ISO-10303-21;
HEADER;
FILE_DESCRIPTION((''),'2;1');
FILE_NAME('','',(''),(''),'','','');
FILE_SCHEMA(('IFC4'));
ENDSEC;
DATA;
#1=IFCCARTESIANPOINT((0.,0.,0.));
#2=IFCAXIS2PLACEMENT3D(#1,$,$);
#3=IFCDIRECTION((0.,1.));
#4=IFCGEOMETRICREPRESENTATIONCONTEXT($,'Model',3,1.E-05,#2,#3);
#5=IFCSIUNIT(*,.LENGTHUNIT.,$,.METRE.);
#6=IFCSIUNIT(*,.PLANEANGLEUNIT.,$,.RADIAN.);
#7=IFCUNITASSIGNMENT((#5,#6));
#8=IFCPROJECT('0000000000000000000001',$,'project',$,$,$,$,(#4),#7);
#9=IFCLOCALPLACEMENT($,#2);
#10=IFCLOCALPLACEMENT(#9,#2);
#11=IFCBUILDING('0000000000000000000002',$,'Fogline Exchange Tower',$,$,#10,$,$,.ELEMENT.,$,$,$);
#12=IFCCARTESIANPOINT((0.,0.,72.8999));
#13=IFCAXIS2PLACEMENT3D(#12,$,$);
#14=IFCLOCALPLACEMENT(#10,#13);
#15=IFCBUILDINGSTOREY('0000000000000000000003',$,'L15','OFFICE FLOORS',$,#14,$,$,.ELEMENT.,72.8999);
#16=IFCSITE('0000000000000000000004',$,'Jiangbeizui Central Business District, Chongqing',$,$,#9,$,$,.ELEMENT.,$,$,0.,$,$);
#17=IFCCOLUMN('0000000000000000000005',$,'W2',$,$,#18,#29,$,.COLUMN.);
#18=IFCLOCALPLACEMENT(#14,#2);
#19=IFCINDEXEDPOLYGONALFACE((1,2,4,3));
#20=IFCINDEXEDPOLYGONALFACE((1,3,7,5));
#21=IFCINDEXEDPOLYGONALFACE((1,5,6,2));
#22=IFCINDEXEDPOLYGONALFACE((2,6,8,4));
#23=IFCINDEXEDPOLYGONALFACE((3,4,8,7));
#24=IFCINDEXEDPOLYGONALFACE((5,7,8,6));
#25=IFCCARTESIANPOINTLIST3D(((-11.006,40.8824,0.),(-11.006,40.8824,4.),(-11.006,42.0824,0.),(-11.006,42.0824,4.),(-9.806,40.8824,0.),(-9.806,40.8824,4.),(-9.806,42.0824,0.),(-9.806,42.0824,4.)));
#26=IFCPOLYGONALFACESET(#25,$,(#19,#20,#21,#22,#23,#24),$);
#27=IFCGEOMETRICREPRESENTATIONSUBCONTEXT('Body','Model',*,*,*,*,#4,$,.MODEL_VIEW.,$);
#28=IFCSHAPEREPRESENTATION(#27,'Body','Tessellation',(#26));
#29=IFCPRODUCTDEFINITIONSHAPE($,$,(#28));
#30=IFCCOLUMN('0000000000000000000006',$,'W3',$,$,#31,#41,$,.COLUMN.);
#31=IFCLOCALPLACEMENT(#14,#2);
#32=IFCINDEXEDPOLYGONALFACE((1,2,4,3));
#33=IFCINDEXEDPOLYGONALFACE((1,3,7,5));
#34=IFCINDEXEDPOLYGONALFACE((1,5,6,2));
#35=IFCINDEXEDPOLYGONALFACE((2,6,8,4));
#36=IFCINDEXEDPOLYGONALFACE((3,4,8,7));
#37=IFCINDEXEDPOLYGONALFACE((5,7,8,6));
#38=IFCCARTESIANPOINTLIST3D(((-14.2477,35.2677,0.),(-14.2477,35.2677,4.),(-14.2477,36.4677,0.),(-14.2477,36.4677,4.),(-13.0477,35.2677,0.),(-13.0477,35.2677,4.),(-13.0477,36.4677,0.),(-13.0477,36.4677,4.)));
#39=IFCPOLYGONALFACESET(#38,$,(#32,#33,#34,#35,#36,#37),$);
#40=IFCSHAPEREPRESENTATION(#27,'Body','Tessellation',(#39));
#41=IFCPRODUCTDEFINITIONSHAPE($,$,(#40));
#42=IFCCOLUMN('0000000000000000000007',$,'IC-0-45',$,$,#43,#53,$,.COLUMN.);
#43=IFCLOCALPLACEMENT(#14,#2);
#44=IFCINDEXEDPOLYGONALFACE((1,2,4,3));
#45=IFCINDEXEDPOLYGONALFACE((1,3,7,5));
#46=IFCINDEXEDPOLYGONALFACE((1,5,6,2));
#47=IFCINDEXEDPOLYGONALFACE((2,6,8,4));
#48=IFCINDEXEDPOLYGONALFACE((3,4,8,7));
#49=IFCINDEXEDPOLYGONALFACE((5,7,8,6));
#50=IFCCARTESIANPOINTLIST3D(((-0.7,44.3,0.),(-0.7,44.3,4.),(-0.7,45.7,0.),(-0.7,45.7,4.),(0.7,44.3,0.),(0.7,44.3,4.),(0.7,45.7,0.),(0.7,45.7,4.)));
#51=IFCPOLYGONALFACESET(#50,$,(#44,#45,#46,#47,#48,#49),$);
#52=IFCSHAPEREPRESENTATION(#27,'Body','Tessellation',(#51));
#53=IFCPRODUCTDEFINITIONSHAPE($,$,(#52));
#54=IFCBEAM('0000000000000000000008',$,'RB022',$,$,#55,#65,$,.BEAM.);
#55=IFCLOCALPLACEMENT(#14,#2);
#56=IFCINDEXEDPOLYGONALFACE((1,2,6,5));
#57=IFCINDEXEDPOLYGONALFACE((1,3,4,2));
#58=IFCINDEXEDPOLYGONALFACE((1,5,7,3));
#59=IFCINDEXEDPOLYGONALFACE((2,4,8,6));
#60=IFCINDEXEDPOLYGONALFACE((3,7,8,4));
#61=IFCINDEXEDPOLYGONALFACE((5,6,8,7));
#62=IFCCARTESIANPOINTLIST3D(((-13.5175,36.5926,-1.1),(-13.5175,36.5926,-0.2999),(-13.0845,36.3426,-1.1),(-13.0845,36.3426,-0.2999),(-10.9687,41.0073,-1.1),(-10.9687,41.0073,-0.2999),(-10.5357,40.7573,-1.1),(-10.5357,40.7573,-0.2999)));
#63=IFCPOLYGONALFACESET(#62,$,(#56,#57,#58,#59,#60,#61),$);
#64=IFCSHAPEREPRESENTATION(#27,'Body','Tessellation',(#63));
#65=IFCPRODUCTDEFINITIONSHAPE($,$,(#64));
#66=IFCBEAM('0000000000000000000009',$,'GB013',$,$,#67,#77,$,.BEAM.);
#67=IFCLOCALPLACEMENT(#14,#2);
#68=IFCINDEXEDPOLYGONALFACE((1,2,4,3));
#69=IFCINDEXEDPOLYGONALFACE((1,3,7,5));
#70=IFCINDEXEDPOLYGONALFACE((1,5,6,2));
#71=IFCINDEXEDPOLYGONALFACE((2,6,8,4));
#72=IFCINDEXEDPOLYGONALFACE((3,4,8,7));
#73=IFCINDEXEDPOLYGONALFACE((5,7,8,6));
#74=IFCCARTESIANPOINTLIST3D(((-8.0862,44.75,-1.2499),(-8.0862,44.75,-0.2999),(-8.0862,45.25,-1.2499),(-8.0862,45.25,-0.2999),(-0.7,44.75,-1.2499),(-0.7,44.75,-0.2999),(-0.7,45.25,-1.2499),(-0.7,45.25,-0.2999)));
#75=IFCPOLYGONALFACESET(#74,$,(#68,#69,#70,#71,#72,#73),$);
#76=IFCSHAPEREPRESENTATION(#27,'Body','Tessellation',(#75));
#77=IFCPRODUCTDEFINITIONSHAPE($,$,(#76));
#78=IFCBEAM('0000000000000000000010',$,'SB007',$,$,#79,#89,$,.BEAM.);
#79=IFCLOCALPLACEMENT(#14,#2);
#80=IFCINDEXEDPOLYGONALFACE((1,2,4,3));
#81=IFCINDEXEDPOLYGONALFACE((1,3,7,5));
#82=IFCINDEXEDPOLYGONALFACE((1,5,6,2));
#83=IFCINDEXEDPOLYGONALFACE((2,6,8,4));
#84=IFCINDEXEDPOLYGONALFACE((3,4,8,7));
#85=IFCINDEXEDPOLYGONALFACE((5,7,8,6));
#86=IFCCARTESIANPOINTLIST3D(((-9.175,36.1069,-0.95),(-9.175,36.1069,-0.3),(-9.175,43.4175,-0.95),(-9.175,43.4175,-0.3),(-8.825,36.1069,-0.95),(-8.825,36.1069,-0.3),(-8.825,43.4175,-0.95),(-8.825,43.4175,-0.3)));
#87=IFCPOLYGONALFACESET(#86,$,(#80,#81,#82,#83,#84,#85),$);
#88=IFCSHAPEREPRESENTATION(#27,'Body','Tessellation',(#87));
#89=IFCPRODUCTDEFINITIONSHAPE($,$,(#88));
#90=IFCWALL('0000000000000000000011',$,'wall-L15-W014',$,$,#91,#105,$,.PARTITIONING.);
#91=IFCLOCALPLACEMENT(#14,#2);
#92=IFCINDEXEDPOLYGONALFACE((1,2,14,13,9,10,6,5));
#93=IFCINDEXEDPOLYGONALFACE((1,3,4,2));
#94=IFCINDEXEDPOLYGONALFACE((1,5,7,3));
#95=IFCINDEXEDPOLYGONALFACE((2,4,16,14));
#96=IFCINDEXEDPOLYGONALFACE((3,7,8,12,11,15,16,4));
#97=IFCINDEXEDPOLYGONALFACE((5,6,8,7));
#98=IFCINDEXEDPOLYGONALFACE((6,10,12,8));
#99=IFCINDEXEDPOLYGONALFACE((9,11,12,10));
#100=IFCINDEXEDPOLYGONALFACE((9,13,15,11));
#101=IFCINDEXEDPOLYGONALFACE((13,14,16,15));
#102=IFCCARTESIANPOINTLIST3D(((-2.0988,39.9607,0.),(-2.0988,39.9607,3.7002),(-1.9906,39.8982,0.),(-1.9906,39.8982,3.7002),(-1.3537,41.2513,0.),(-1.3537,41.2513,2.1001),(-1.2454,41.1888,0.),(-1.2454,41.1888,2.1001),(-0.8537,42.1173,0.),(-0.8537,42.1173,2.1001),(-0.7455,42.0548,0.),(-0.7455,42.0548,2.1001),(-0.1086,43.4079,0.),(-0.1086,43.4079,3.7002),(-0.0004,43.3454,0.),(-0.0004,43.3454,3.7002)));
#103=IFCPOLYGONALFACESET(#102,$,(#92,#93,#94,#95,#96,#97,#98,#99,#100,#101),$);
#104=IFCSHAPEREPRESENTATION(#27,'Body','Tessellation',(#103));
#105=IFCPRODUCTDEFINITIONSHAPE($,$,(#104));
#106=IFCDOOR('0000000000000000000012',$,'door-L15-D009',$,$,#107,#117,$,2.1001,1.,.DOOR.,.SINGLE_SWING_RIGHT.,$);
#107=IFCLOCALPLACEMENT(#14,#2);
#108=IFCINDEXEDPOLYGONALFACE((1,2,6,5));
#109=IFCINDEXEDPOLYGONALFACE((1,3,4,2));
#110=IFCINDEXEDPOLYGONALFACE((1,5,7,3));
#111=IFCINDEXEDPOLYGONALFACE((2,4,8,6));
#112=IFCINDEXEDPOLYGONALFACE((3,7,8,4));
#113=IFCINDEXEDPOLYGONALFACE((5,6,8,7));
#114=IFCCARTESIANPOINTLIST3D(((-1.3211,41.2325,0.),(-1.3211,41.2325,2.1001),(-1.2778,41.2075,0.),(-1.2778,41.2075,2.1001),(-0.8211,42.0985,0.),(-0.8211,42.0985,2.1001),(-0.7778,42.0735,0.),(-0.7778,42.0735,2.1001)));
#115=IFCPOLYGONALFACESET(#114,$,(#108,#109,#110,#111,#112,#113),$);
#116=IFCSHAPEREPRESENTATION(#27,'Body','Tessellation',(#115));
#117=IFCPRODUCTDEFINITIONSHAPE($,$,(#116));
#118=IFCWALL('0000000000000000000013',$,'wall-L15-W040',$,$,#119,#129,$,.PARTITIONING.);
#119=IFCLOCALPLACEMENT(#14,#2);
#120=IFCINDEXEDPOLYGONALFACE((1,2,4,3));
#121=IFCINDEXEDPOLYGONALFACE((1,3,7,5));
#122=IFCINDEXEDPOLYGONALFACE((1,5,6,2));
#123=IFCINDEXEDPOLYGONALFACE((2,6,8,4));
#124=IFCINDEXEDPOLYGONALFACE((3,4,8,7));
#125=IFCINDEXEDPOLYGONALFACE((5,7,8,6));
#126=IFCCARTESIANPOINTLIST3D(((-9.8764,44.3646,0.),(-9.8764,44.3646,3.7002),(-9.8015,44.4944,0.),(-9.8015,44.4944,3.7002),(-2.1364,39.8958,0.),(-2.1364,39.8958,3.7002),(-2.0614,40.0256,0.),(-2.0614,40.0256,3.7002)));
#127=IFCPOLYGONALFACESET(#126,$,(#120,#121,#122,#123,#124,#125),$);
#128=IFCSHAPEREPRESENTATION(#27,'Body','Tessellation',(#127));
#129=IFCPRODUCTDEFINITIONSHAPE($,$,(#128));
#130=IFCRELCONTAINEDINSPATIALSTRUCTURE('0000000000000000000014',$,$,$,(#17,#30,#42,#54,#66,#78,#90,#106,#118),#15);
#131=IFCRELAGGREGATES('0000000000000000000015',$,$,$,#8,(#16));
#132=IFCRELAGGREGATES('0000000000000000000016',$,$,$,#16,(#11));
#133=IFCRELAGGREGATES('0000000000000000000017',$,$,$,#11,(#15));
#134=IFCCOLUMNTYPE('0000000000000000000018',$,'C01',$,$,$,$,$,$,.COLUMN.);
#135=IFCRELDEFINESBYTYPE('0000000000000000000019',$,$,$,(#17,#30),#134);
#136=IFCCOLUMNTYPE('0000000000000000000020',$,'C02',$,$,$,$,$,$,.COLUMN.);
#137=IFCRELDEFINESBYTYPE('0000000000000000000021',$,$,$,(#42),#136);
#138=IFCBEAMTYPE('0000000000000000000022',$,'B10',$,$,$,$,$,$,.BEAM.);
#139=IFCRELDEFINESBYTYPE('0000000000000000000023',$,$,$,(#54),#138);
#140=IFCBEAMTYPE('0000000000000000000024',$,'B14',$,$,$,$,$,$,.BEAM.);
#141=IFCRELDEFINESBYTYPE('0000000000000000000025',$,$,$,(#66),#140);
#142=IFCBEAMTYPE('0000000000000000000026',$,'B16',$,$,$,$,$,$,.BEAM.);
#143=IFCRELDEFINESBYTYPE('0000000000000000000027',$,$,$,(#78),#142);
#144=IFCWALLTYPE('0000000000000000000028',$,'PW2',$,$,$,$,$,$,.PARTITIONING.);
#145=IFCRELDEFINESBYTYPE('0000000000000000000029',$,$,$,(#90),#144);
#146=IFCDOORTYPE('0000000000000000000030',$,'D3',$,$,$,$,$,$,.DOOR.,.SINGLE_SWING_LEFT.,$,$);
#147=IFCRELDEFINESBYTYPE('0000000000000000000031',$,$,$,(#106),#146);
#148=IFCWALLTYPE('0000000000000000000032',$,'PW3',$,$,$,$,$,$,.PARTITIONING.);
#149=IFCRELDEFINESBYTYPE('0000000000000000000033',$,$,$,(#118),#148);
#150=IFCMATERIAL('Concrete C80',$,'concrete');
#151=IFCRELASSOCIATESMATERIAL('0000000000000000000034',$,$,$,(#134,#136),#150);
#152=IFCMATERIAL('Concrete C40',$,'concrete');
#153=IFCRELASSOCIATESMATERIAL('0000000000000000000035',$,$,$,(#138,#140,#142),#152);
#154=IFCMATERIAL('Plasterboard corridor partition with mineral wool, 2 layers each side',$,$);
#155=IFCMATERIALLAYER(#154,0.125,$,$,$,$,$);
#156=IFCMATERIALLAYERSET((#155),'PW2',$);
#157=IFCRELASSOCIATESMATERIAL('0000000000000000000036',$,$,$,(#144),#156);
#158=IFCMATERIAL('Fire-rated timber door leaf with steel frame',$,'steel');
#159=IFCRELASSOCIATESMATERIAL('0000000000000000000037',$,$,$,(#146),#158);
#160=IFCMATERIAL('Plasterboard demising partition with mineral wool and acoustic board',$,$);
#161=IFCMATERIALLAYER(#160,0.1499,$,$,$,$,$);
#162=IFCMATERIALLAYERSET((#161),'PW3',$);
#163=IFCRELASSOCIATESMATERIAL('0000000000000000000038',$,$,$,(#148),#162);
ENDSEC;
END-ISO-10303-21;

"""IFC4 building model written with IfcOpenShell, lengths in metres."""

from ifc_helpers import new_model, si_unit, direction, frame, frame_2d, origin, origin_2d, place, context, subcontext, project, spatial, rectangle, extrude, material, layer, layer_set, material_profile, profile_set, type_object, element, fill, save


model = new_model("IFC4")

# Units and contexts
model_context = context("Model", 3, precision=1e-05, world=origin(), true_north=direction((0.0, 1.0)))
body_context = subcontext(model_context, "Body", "Model", "MODEL_VIEW")
ifc_project = project(units=[si_unit("LENGTHUNIT", "METRE"), si_unit("PLANEANGLEUNIT", "RADIAN")], contexts=[model_context])

# Site, building, storey
site_placement = place(None, origin())
site = spatial("IfcSite", under=ifc_project, at=site_placement, Name="Jiangbeizui Central Business District, Chongqing", CompositionType="ELEMENT", RefElevation=0.0)
building_placement = place(site_placement, origin())
building = spatial("IfcBuilding", under=site, at=building_placement, Name="Fogline Exchange Tower", CompositionType="ELEMENT")
storey_placement = place(building_placement, frame((0.0, 0.0, 72.8999)))
storey = spatial("IfcBuildingStorey", under=building, at=storey_placement, Name="L15", Description="OFFICE FLOORS", CompositionType="ELEMENT", Elevation=72.8999)

# Columns
ifc_material_1 = material(Name="Concrete C80", Category="concrete")
ifc_material_profile_1 = material_profile(ifc_material_1, rectangle(XDim=1.2, YDim=1.2, at=origin_2d()), Name="RC 1200x1200")
ifc_profile_set_1 = profile_set([ifc_material_profile_1], Name="Concrete C80")
column_type_1 = type_object("IfcColumnType", Name="C01", PredefinedType="COLUMN", material=ifc_profile_set_1)
for number, where, z_axis, x_axis, name in (
    (1, (-10.406, 41.4824, 0.0), (0.0, 0.0, 1.0), (1.0, 0.0, 0.0), "W2"),
    (2, (-13.6477, 35.8677, 0.0), (0.0, 0.0, 1.0), (1.0, 0.0, 0.0), "W3"),
):
    element("IfcColumn", number, at=place(storey_placement, frame(where, z_axis=z_axis, x_axis=x_axis)), inside=storey, type_object=column_type_1, Name=name, PredefinedType="COLUMN", context=body_context, shape_type="SweptSolid", body=[
        extrude(rectangle(XDim=1.2, YDim=1.2, at=origin_2d()), origin(), (0.0, 0.0, 1.0), 4.0),
    ])
ifc_material_profile_2 = material_profile(ifc_material_1, rectangle(XDim=1.3999, YDim=1.3999, at=origin_2d()), Name="RC 1400x1400")
ifc_profile_set_2 = profile_set([ifc_material_profile_2], Name="Concrete C80")
column_type_2 = type_object("IfcColumnType", Name="C02", PredefinedType="COLUMN", material=ifc_profile_set_2)
column_placement = place(storey_placement, frame((0.0, 45.0, 0.0), z_axis=(0.0, 0.0, 1.0), x_axis=(1.0, 0.0, 0.0)))
element("IfcColumn", 3, at=column_placement, inside=storey, type_object=column_type_2, Name="IC-0-45", PredefinedType="COLUMN", context=body_context, shape_type="SweptSolid", body=[
    extrude(rectangle(XDim=1.3999, YDim=1.3999, at=origin_2d()), origin(), (0.0, 0.0, 1.0), 4.0),
])

# Beams
ifc_material_2 = material(Name="Concrete C40", Category="concrete")
ifc_material_profile_3 = material_profile(ifc_material_2, rectangle(XDim=0.5, YDim=0.8, at=origin_2d()), Name="RC 500x800")
ifc_profile_set_3 = profile_set([ifc_material_profile_3], Name="Concrete C40")
beam_type_1 = type_object("IfcBeamType", Name="B10", PredefinedType="BEAM", material=ifc_profile_set_3)
beam_1_placement = place(storey_placement, frame((-10.7522, 40.8823, -0.7), z_axis=(-0.499992, -0.86603, 0.0), x_axis=(0.86603, -0.499992, 0.0)))
element("IfcBeam", 4, at=beam_1_placement, inside=storey, type_object=beam_type_1, Name="RB022", PredefinedType="BEAM", context=body_context, shape_type="SweptSolid", body=[
    extrude(rectangle(XDim=0.5, YDim=0.8, at=origin_2d()), origin(), (0.0, 0.0, 1.0), 5.0977),
])
ifc_material_profile_4 = material_profile(ifc_material_2, rectangle(XDim=0.5, YDim=0.95, at=origin_2d()), Name="RC 500x950")
ifc_profile_set_4 = profile_set([ifc_material_profile_4], Name="Concrete C40")
beam_type_2 = type_object("IfcBeamType", Name="B14", PredefinedType="BEAM", material=ifc_profile_set_4)
beam_2_placement = place(storey_placement, frame((-8.0862, 45.0, -0.7749), z_axis=(1.0, 0.0, 0.0), x_axis=(0.0, 1.0, 0.0)))
element("IfcBeam", 5, at=beam_2_placement, inside=storey, type_object=beam_type_2, Name="GB013", PredefinedType="BEAM", context=body_context, shape_type="SweptSolid", body=[
    extrude(rectangle(XDim=0.5, YDim=0.95, at=origin_2d()), origin(), (0.0, 0.0, 1.0), 7.3862),
])
ifc_material_profile_5 = material_profile(ifc_material_2, rectangle(XDim=0.3501, YDim=0.6499, at=origin_2d()), Name="RC 350x650")
ifc_profile_set_5 = profile_set([ifc_material_profile_5], Name="Concrete C40")
beam_type_3 = type_object("IfcBeamType", Name="B16", PredefinedType="BEAM", material=ifc_profile_set_5)
beam_3_placement = place(storey_placement, frame((-9.0, 36.1069, -0.625), z_axis=(0.0, 1.0, 0.0), x_axis=(-1.0, 0.0, 0.0)))
element("IfcBeam", 6, at=beam_3_placement, inside=storey, type_object=beam_type_3, Name="SB007", PredefinedType="BEAM", context=body_context, shape_type="SweptSolid", body=[
    extrude(rectangle(XDim=0.3501, YDim=0.6499, at=origin_2d()), origin(), (0.0, 0.0, 1.0), 7.3105),
])

# Wall, opening, door
ifc_material_3 = material(Name="Plasterboard corridor partition with mineral wool, 2 layers each side")
ifc_layer_1 = layer(ifc_material_3, 0.125)
ifc_layer_set_1 = layer_set([ifc_layer_1], Name="PW2")
wall_type_1 = type_object("IfcWallType", Name="PW2", PredefinedType="PARTITIONING", material=ifc_layer_set_1)
wall_1_placement = place(storey_placement, frame((-2.0447, 39.9294, 0.0), z_axis=(0.0, 0.0, 1.0), x_axis=(0.499991, 0.86603, 0.0)))
wall_1 = element("IfcWall", 7, at=wall_1_placement, inside=storey, type_object=wall_type_1, Name="wall-L15-W014", PredefinedType="PARTITIONING", context=body_context, shape_type="SweptSolid", body=[
    extrude(rectangle(XDim=3.9805, YDim=0.125, at=frame_2d((1.9902, 0.0))), origin(), (0.0, 0.0, 1.0), 3.7002),
])
opening_placement = place(wall_1_placement, frame((1.4902, 0.0, 0.0)))
opening = element("IfcOpeningElement", 8, at=opening_placement, cuts=wall_1, PredefinedType="OPENING", context=body_context, shape_type="SweptSolid", body=[
    extrude(rectangle(XDim=1.0, YDim=2.1001, at=frame_2d((0.5, 1.05))), frame((0.0, 0.0725, 0.0), z_axis=(0.0, -1.0, 0.0), x_axis=(1.0, 0.0, 0.0)), (0.0, 0.0, 1.0), 0.145),
])
ifc_material_4 = material(Name="Fire-rated timber door leaf with steel frame", Category="steel")
door_type = type_object("IfcDoorType", Name="D3", OperationType="SINGLE_SWING_LEFT", PredefinedType="DOOR", material=ifc_material_4)
door_placement = place(opening_placement, origin())
door = element("IfcDoor", 9, at=door_placement, inside=storey, type_object=door_type, Name="door-L15-D009", OperationType="SINGLE_SWING_RIGHT", OverallHeight=2.1001, OverallWidth=1.0, PredefinedType="DOOR", context=body_context, shape_type="SweptSolid", body=[
    extrude(rectangle(XDim=1.0, YDim=2.1001, at=frame_2d((0.5, 1.05))), frame((0.0, 0.0249, 0.0), z_axis=(0.0, -1.0, 0.0), x_axis=(1.0, 0.0, 0.0)), (0.0, 0.0, 1.0), 0.05),
])
fill(opening, door)

# Wall
ifc_material_5 = material(Name="Plasterboard demising partition with mineral wool and acoustic board")
ifc_layer_2 = layer(ifc_material_5, 0.1499)
ifc_layer_set_2 = layer_set([ifc_layer_2], Name="PW3")
wall_type_2 = type_object("IfcWallType", Name="PW3", PredefinedType="PARTITIONING", material=ifc_layer_set_2)
wall_2_placement = place(storey_placement, frame((-2.0989, 39.9607, 0.0), z_axis=(0.0, 0.0, 1.0), x_axis=(-0.866022, 0.500005, 0.0)))
element("IfcWall", 10, at=wall_2_placement, inside=storey, type_object=wall_type_2, Name="wall-L15-W040", PredefinedType="PARTITIONING", context=body_context, shape_type="SweptSolid", body=[
    extrude(rectangle(XDim=8.9375, YDim=0.1499, at=frame_2d((4.4688, 0.0))), origin(), (0.0, 0.0, 1.0), 3.7002),
])

save(model, "model.ifc")
